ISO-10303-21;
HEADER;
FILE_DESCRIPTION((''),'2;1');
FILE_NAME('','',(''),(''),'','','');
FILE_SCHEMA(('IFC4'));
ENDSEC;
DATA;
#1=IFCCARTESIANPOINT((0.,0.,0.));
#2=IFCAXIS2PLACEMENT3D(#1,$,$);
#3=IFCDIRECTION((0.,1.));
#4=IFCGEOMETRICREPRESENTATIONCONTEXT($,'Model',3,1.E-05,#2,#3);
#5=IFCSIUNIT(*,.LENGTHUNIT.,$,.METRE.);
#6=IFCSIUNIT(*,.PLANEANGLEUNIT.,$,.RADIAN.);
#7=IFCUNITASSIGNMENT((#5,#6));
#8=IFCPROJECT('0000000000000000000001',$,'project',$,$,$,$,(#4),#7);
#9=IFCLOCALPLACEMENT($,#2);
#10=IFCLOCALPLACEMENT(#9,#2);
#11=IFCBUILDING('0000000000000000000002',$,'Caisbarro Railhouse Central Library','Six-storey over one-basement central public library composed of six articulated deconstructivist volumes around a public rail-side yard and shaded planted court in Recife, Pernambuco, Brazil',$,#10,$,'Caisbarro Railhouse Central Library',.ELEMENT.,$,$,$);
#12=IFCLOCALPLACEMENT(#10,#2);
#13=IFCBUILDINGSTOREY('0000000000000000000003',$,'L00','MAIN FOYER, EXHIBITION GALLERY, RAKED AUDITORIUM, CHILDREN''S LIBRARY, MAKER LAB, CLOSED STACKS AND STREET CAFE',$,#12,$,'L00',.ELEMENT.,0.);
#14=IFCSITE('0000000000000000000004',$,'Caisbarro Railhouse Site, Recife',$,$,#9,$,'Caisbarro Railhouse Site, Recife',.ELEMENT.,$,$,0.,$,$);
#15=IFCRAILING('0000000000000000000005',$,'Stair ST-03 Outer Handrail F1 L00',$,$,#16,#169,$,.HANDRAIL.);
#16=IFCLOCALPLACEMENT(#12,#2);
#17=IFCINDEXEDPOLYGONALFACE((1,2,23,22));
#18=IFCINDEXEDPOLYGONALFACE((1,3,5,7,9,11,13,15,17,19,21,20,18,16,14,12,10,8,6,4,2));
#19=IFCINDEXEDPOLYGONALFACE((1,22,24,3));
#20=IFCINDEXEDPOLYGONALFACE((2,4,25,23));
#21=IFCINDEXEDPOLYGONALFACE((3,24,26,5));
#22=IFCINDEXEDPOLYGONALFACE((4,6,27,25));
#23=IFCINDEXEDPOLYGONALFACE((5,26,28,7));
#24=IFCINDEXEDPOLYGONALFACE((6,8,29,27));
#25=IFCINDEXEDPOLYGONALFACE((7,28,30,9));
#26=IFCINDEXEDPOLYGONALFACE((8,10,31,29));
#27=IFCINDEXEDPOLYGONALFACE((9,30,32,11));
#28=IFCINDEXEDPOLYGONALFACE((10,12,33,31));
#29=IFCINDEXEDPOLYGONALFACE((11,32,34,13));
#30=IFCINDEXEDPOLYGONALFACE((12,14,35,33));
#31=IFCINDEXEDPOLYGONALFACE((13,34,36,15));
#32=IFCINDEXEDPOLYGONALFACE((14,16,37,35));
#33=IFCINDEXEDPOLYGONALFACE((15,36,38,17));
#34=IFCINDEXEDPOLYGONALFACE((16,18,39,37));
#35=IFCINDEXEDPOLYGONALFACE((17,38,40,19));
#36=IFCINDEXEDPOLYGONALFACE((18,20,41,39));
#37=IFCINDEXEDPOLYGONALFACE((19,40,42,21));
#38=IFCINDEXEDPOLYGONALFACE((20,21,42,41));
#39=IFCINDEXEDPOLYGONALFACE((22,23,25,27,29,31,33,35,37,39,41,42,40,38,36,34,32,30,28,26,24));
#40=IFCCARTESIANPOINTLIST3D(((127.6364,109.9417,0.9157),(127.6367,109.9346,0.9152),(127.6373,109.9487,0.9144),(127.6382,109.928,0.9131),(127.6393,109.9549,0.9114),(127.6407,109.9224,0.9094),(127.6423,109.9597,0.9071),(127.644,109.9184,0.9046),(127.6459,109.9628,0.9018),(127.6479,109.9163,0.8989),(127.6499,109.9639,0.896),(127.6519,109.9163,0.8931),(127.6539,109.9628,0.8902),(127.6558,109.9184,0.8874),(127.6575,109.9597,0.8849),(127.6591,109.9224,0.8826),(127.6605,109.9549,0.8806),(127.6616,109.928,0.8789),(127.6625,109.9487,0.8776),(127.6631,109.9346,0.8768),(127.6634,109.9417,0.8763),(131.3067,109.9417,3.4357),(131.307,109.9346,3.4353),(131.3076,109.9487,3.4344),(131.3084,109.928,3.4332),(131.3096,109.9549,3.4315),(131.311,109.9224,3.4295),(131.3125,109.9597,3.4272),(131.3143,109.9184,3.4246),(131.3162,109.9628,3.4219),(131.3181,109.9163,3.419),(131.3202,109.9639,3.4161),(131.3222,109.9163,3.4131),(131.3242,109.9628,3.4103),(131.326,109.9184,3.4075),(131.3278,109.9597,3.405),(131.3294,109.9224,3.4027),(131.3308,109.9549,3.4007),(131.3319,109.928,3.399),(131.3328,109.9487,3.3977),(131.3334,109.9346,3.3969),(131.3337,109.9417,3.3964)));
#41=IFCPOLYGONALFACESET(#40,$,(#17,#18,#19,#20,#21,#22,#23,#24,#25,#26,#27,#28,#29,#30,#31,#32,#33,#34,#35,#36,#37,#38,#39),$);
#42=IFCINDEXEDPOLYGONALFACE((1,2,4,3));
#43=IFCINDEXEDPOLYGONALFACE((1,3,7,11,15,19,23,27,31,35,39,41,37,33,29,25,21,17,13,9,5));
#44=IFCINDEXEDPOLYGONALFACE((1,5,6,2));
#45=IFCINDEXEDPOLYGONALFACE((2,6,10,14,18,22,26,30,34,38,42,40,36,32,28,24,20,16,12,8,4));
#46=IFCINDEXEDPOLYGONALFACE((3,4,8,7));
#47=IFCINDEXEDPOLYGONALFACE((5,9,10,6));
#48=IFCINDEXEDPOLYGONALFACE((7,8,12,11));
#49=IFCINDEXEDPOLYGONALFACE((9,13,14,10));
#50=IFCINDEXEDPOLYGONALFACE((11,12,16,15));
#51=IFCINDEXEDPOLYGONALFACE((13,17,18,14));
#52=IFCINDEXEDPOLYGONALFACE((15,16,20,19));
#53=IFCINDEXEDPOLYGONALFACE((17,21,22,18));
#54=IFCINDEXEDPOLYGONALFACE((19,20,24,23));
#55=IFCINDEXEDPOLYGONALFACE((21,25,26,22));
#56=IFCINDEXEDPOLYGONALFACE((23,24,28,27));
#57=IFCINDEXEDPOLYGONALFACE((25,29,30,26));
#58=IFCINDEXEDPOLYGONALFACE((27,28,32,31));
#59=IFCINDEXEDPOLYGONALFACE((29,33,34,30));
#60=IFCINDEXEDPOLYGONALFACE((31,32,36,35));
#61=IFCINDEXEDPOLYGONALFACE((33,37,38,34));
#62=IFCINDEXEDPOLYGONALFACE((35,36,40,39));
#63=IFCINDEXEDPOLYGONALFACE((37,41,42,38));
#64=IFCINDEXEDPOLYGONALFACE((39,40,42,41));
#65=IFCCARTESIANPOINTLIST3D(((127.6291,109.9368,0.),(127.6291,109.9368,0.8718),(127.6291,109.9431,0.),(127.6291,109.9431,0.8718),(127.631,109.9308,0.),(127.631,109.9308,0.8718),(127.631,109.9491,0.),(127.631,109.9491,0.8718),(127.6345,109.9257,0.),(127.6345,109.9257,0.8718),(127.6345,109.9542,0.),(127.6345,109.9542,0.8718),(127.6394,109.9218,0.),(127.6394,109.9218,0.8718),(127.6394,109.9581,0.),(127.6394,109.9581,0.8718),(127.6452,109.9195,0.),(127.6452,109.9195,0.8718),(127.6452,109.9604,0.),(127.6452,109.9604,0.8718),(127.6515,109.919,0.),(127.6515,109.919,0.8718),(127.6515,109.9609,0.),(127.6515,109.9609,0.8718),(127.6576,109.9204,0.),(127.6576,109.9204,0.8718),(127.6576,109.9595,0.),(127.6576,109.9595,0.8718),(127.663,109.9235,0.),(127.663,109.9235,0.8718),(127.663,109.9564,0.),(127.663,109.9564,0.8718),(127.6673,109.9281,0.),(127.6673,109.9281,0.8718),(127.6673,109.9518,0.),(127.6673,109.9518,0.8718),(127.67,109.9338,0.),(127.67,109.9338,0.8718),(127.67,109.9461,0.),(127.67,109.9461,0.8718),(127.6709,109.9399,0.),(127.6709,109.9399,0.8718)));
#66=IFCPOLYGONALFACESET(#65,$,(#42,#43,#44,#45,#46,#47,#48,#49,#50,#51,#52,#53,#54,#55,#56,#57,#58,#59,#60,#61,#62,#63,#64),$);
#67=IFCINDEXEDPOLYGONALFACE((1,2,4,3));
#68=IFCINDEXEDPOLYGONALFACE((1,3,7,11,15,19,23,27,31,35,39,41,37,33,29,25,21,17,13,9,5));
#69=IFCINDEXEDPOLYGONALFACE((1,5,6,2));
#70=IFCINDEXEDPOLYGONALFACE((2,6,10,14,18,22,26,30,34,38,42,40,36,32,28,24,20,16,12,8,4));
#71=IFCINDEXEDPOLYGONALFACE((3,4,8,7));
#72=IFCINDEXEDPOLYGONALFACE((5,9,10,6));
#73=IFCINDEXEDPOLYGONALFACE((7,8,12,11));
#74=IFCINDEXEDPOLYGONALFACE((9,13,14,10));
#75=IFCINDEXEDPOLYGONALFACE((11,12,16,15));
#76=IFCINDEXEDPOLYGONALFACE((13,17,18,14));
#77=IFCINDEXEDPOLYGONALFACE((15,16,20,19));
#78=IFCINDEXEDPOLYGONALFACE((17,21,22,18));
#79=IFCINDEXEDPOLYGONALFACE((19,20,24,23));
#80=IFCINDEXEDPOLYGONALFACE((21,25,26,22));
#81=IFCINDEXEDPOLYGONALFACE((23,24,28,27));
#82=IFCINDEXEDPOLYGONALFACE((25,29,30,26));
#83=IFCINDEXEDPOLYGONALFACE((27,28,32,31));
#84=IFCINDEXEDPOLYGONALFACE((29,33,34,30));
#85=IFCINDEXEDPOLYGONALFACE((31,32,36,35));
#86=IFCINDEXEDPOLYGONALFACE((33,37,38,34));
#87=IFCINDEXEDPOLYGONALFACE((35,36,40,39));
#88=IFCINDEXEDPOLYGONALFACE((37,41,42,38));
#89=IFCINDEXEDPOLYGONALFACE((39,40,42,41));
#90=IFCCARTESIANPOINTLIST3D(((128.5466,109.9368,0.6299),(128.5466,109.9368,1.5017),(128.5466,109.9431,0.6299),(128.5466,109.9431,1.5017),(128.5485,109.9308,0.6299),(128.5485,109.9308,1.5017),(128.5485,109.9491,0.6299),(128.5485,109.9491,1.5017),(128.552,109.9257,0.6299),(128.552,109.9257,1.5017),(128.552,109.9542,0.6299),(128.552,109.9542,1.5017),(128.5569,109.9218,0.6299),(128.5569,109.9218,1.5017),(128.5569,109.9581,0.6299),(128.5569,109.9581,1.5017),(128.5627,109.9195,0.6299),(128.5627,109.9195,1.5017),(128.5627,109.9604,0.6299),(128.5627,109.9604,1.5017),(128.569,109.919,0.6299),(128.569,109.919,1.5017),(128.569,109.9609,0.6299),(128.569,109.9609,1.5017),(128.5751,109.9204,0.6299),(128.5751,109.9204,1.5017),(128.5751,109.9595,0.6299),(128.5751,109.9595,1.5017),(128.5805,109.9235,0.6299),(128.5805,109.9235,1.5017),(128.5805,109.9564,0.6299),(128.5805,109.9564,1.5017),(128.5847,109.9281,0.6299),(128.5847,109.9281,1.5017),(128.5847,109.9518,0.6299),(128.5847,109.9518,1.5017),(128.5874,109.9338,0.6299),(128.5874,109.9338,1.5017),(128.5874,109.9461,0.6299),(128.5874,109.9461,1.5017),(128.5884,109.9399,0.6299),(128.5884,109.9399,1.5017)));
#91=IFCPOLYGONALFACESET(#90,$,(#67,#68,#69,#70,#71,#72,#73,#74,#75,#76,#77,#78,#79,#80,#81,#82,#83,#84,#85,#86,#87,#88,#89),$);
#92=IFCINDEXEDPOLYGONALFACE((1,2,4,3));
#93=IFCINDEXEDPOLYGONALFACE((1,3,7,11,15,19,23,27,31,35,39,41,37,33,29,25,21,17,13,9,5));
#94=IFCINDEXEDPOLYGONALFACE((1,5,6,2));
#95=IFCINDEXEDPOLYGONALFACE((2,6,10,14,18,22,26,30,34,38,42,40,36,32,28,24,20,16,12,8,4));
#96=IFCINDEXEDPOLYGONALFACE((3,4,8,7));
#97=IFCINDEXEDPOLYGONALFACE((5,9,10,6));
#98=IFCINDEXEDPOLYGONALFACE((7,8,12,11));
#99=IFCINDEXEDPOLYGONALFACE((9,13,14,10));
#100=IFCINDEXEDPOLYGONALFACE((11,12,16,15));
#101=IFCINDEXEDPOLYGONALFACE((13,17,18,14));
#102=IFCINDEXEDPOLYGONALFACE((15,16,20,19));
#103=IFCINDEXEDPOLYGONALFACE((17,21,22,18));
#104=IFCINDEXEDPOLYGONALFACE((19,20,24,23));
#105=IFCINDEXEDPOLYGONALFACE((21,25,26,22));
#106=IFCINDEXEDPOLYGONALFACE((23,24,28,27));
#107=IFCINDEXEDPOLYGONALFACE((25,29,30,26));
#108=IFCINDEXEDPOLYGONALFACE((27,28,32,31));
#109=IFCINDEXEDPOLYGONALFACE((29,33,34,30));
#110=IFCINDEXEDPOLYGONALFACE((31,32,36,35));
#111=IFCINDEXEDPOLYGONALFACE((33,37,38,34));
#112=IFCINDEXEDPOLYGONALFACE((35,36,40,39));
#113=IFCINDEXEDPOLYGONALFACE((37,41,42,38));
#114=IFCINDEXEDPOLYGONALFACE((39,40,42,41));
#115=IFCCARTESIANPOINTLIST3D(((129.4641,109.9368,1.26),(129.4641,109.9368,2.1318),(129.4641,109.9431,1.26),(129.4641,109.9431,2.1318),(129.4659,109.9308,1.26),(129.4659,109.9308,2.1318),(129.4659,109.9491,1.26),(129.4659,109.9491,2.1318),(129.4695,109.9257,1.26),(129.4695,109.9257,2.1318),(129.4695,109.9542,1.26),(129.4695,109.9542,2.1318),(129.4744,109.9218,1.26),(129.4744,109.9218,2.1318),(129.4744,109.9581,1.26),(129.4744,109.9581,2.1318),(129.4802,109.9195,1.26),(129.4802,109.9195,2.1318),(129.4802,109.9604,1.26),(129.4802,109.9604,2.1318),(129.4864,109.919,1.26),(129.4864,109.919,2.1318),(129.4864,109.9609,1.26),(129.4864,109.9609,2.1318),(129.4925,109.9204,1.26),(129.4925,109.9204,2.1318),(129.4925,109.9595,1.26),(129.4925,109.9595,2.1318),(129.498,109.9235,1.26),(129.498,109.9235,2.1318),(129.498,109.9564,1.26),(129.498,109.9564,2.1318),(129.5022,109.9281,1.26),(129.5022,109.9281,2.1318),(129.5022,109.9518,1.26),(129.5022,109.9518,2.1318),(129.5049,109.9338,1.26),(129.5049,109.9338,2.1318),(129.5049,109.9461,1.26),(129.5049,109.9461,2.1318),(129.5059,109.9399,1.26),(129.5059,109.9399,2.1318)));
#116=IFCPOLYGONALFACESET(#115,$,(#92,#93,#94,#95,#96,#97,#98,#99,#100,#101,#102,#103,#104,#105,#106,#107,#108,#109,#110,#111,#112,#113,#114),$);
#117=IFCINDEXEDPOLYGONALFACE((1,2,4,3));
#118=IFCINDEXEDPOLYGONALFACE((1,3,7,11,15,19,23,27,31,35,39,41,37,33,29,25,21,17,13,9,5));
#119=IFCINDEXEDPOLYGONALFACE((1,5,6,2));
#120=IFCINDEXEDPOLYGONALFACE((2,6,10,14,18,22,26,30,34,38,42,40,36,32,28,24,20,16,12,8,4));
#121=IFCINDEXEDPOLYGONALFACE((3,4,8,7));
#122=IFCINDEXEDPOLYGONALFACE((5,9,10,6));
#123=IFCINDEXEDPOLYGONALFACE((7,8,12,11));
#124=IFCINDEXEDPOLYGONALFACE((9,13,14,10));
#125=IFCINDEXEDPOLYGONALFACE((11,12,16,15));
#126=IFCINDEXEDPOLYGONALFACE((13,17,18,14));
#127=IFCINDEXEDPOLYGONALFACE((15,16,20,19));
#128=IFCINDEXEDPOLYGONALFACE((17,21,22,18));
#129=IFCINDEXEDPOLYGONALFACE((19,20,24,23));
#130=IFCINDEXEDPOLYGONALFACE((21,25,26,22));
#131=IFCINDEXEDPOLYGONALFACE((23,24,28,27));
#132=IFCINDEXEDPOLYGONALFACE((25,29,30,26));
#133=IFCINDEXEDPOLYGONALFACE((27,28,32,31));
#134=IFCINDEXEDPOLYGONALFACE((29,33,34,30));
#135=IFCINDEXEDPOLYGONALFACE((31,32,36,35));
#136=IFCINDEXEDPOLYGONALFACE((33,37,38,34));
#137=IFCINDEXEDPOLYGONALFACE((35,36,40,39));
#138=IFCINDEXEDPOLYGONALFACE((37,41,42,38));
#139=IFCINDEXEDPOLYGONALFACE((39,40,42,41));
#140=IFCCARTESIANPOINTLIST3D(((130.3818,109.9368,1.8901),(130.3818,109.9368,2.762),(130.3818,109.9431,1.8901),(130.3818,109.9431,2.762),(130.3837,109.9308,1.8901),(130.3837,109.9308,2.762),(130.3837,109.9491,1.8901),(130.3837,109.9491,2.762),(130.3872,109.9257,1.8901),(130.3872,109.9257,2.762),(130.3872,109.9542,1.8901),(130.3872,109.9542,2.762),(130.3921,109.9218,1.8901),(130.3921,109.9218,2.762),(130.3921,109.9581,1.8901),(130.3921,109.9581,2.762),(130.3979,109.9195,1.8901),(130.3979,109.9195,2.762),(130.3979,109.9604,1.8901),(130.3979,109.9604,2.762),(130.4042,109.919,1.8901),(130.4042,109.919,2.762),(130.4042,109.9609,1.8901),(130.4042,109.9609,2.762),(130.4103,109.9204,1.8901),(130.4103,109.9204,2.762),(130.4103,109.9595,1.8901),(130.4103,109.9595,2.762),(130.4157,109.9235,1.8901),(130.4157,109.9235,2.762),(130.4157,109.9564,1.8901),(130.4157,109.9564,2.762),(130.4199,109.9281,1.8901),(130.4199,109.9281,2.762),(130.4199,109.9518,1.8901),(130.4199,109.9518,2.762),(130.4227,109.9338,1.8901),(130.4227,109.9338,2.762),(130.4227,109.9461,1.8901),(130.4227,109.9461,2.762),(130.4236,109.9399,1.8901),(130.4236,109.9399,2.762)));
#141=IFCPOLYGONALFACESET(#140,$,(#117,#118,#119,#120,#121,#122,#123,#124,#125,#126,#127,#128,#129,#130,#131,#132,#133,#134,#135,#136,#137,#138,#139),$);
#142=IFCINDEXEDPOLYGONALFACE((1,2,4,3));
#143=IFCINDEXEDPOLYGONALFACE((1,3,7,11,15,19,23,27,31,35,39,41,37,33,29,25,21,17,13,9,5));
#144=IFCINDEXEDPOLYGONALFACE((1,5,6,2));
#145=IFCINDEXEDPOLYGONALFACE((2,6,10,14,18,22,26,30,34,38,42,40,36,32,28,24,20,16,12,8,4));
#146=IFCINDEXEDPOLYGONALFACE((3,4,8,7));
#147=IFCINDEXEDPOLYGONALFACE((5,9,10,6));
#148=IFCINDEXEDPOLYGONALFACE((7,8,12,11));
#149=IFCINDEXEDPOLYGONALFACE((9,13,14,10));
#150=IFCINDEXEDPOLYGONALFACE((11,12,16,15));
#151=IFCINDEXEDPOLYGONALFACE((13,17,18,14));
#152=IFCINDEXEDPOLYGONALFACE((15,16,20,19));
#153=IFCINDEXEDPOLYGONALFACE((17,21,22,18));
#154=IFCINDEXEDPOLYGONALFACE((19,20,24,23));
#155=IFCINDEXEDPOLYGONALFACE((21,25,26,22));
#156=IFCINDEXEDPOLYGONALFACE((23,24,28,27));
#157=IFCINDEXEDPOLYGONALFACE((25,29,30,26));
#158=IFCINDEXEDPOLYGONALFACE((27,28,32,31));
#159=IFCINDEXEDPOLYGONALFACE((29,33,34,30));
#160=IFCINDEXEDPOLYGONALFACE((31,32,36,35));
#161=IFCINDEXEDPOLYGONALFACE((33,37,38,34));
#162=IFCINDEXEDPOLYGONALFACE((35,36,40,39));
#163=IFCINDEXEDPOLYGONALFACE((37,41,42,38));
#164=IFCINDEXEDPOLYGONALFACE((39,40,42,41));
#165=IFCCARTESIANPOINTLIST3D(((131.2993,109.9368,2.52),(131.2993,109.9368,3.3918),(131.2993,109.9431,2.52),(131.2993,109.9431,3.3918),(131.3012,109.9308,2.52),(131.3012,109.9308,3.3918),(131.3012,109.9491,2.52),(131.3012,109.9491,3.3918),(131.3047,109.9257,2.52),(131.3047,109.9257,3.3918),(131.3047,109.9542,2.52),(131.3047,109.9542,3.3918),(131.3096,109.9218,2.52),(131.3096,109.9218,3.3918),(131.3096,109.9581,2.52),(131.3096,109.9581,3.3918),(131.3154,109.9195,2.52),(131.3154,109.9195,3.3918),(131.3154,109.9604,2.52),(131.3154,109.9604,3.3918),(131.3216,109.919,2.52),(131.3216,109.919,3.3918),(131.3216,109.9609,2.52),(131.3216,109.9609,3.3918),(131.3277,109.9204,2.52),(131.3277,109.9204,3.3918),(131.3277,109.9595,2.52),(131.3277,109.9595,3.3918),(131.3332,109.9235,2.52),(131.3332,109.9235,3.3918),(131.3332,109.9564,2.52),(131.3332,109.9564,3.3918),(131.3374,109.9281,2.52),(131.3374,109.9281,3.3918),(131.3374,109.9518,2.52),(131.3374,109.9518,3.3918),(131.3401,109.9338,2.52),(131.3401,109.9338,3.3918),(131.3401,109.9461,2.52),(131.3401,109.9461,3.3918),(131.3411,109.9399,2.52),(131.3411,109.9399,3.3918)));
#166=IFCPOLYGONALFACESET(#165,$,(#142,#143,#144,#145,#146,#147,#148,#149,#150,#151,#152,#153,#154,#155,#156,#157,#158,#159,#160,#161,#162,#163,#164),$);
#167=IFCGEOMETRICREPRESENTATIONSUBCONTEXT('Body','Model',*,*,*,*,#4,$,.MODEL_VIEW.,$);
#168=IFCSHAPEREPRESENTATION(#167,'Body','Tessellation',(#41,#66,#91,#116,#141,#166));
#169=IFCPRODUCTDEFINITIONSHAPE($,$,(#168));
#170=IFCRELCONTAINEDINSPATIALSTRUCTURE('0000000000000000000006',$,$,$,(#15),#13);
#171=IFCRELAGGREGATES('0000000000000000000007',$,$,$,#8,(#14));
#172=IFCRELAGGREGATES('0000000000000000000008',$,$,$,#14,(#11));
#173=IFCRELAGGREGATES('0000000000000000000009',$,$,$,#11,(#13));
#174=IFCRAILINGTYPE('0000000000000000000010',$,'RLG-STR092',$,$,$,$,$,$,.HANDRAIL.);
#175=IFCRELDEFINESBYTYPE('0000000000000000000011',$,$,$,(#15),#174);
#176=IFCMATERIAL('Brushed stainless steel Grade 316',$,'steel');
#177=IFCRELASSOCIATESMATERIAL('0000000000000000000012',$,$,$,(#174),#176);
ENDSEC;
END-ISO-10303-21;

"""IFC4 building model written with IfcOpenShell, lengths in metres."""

from ifc_helpers import new_model, si_unit, direction, frame, origin, origin_2d, place, context, subcontext, project, spatial, circle, extrude, material, type_object, element, save


model = new_model("IFC4")

# Units and contexts
model_context = context("Model", 3, precision=1e-05, world=origin(), true_north=direction((0.0, 1.0)))
body_context = subcontext(model_context, "Body", "Model", "MODEL_VIEW")
ifc_project = project(units=[si_unit("LENGTHUNIT", "METRE"), si_unit("PLANEANGLEUNIT", "RADIAN")], contexts=[model_context])

# Site, building, storey
site_placement = place(None, origin())
site = spatial("IfcSite", under=ifc_project, at=site_placement, Name="Caisbarro Railhouse Site, Recife", LongName="Caisbarro Railhouse Site, Recife", CompositionType="ELEMENT", RefElevation=0.0)
building_placement = place(site_placement, origin())
building = spatial("IfcBuilding", under=site, at=building_placement, Name="Caisbarro Railhouse Central Library", Description="Six-storey over one-basement central public library composed of six articulated deconstructivist volumes around a public rail-side yard and shaded planted court in Recife, Pernambuco, Brazil", LongName="Caisbarro Railhouse Central Library", CompositionType="ELEMENT")
storey_placement = place(building_placement, origin())
storey = spatial("IfcBuildingStorey", under=building, at=storey_placement, Name="L00", Description="MAIN FOYER, EXHIBITION GALLERY, RAKED AUDITORIUM, CHILDREN'S LIBRARY, MAKER LAB, CLOSED STACKS AND STREET CAFE", LongName="L00", CompositionType="ELEMENT", Elevation=0.0)

# Railing
ifc_material_1 = material(Name="Brushed stainless steel Grade 316", Category="steel")
railing_type_1 = type_object("IfcRailingType", Name="RLG-STR092", PredefinedType="HANDRAIL", material=ifc_material_1)
railing_1_placement = place(storey_placement, frame((127.6499, 109.9399, 0.0)))
element("IfcRailing", 1, at=railing_1_placement, inside=storey, type_object=railing_type_1, Name="Stair ST-03 Outer Handrail F1 L00", PredefinedType="HANDRAIL", context=body_context, shape_type="SweptSolid", body=[
    extrude(circle(Radius=0.0239, at=origin_2d()), frame((0.0, 0.0, 0.896), z_axis=(0.824379, 0.0, 0.566038), x_axis=(0.0, 1.0, 0.0)), (0.0, 0.0, 1.0), 4.4521),
    extrude(circle(Radius=0.021, at=origin_2d()), origin(), (0.0, 0.0, 1.0), 0.8718),
    extrude(circle(Radius=0.021, at=origin_2d()), frame((0.9175, 0.0, 0.6299)), (0.0, 0.0, 1.0), 0.8718),
    extrude(circle(Radius=0.021, at=origin_2d()), frame((1.835, 0.0, 1.26)), (0.0, 0.0, 1.0), 0.8718),
    extrude(circle(Radius=0.021, at=origin_2d()), frame((2.7527, 0.0, 1.8901)), (0.0, 0.0, 1.0), 0.8718),
    extrude(circle(Radius=0.021, at=origin_2d()), frame((3.6702, 0.0, 2.52)), (0.0, 0.0, 1.0), 0.8718),
])

save(model, "model.ifc")
